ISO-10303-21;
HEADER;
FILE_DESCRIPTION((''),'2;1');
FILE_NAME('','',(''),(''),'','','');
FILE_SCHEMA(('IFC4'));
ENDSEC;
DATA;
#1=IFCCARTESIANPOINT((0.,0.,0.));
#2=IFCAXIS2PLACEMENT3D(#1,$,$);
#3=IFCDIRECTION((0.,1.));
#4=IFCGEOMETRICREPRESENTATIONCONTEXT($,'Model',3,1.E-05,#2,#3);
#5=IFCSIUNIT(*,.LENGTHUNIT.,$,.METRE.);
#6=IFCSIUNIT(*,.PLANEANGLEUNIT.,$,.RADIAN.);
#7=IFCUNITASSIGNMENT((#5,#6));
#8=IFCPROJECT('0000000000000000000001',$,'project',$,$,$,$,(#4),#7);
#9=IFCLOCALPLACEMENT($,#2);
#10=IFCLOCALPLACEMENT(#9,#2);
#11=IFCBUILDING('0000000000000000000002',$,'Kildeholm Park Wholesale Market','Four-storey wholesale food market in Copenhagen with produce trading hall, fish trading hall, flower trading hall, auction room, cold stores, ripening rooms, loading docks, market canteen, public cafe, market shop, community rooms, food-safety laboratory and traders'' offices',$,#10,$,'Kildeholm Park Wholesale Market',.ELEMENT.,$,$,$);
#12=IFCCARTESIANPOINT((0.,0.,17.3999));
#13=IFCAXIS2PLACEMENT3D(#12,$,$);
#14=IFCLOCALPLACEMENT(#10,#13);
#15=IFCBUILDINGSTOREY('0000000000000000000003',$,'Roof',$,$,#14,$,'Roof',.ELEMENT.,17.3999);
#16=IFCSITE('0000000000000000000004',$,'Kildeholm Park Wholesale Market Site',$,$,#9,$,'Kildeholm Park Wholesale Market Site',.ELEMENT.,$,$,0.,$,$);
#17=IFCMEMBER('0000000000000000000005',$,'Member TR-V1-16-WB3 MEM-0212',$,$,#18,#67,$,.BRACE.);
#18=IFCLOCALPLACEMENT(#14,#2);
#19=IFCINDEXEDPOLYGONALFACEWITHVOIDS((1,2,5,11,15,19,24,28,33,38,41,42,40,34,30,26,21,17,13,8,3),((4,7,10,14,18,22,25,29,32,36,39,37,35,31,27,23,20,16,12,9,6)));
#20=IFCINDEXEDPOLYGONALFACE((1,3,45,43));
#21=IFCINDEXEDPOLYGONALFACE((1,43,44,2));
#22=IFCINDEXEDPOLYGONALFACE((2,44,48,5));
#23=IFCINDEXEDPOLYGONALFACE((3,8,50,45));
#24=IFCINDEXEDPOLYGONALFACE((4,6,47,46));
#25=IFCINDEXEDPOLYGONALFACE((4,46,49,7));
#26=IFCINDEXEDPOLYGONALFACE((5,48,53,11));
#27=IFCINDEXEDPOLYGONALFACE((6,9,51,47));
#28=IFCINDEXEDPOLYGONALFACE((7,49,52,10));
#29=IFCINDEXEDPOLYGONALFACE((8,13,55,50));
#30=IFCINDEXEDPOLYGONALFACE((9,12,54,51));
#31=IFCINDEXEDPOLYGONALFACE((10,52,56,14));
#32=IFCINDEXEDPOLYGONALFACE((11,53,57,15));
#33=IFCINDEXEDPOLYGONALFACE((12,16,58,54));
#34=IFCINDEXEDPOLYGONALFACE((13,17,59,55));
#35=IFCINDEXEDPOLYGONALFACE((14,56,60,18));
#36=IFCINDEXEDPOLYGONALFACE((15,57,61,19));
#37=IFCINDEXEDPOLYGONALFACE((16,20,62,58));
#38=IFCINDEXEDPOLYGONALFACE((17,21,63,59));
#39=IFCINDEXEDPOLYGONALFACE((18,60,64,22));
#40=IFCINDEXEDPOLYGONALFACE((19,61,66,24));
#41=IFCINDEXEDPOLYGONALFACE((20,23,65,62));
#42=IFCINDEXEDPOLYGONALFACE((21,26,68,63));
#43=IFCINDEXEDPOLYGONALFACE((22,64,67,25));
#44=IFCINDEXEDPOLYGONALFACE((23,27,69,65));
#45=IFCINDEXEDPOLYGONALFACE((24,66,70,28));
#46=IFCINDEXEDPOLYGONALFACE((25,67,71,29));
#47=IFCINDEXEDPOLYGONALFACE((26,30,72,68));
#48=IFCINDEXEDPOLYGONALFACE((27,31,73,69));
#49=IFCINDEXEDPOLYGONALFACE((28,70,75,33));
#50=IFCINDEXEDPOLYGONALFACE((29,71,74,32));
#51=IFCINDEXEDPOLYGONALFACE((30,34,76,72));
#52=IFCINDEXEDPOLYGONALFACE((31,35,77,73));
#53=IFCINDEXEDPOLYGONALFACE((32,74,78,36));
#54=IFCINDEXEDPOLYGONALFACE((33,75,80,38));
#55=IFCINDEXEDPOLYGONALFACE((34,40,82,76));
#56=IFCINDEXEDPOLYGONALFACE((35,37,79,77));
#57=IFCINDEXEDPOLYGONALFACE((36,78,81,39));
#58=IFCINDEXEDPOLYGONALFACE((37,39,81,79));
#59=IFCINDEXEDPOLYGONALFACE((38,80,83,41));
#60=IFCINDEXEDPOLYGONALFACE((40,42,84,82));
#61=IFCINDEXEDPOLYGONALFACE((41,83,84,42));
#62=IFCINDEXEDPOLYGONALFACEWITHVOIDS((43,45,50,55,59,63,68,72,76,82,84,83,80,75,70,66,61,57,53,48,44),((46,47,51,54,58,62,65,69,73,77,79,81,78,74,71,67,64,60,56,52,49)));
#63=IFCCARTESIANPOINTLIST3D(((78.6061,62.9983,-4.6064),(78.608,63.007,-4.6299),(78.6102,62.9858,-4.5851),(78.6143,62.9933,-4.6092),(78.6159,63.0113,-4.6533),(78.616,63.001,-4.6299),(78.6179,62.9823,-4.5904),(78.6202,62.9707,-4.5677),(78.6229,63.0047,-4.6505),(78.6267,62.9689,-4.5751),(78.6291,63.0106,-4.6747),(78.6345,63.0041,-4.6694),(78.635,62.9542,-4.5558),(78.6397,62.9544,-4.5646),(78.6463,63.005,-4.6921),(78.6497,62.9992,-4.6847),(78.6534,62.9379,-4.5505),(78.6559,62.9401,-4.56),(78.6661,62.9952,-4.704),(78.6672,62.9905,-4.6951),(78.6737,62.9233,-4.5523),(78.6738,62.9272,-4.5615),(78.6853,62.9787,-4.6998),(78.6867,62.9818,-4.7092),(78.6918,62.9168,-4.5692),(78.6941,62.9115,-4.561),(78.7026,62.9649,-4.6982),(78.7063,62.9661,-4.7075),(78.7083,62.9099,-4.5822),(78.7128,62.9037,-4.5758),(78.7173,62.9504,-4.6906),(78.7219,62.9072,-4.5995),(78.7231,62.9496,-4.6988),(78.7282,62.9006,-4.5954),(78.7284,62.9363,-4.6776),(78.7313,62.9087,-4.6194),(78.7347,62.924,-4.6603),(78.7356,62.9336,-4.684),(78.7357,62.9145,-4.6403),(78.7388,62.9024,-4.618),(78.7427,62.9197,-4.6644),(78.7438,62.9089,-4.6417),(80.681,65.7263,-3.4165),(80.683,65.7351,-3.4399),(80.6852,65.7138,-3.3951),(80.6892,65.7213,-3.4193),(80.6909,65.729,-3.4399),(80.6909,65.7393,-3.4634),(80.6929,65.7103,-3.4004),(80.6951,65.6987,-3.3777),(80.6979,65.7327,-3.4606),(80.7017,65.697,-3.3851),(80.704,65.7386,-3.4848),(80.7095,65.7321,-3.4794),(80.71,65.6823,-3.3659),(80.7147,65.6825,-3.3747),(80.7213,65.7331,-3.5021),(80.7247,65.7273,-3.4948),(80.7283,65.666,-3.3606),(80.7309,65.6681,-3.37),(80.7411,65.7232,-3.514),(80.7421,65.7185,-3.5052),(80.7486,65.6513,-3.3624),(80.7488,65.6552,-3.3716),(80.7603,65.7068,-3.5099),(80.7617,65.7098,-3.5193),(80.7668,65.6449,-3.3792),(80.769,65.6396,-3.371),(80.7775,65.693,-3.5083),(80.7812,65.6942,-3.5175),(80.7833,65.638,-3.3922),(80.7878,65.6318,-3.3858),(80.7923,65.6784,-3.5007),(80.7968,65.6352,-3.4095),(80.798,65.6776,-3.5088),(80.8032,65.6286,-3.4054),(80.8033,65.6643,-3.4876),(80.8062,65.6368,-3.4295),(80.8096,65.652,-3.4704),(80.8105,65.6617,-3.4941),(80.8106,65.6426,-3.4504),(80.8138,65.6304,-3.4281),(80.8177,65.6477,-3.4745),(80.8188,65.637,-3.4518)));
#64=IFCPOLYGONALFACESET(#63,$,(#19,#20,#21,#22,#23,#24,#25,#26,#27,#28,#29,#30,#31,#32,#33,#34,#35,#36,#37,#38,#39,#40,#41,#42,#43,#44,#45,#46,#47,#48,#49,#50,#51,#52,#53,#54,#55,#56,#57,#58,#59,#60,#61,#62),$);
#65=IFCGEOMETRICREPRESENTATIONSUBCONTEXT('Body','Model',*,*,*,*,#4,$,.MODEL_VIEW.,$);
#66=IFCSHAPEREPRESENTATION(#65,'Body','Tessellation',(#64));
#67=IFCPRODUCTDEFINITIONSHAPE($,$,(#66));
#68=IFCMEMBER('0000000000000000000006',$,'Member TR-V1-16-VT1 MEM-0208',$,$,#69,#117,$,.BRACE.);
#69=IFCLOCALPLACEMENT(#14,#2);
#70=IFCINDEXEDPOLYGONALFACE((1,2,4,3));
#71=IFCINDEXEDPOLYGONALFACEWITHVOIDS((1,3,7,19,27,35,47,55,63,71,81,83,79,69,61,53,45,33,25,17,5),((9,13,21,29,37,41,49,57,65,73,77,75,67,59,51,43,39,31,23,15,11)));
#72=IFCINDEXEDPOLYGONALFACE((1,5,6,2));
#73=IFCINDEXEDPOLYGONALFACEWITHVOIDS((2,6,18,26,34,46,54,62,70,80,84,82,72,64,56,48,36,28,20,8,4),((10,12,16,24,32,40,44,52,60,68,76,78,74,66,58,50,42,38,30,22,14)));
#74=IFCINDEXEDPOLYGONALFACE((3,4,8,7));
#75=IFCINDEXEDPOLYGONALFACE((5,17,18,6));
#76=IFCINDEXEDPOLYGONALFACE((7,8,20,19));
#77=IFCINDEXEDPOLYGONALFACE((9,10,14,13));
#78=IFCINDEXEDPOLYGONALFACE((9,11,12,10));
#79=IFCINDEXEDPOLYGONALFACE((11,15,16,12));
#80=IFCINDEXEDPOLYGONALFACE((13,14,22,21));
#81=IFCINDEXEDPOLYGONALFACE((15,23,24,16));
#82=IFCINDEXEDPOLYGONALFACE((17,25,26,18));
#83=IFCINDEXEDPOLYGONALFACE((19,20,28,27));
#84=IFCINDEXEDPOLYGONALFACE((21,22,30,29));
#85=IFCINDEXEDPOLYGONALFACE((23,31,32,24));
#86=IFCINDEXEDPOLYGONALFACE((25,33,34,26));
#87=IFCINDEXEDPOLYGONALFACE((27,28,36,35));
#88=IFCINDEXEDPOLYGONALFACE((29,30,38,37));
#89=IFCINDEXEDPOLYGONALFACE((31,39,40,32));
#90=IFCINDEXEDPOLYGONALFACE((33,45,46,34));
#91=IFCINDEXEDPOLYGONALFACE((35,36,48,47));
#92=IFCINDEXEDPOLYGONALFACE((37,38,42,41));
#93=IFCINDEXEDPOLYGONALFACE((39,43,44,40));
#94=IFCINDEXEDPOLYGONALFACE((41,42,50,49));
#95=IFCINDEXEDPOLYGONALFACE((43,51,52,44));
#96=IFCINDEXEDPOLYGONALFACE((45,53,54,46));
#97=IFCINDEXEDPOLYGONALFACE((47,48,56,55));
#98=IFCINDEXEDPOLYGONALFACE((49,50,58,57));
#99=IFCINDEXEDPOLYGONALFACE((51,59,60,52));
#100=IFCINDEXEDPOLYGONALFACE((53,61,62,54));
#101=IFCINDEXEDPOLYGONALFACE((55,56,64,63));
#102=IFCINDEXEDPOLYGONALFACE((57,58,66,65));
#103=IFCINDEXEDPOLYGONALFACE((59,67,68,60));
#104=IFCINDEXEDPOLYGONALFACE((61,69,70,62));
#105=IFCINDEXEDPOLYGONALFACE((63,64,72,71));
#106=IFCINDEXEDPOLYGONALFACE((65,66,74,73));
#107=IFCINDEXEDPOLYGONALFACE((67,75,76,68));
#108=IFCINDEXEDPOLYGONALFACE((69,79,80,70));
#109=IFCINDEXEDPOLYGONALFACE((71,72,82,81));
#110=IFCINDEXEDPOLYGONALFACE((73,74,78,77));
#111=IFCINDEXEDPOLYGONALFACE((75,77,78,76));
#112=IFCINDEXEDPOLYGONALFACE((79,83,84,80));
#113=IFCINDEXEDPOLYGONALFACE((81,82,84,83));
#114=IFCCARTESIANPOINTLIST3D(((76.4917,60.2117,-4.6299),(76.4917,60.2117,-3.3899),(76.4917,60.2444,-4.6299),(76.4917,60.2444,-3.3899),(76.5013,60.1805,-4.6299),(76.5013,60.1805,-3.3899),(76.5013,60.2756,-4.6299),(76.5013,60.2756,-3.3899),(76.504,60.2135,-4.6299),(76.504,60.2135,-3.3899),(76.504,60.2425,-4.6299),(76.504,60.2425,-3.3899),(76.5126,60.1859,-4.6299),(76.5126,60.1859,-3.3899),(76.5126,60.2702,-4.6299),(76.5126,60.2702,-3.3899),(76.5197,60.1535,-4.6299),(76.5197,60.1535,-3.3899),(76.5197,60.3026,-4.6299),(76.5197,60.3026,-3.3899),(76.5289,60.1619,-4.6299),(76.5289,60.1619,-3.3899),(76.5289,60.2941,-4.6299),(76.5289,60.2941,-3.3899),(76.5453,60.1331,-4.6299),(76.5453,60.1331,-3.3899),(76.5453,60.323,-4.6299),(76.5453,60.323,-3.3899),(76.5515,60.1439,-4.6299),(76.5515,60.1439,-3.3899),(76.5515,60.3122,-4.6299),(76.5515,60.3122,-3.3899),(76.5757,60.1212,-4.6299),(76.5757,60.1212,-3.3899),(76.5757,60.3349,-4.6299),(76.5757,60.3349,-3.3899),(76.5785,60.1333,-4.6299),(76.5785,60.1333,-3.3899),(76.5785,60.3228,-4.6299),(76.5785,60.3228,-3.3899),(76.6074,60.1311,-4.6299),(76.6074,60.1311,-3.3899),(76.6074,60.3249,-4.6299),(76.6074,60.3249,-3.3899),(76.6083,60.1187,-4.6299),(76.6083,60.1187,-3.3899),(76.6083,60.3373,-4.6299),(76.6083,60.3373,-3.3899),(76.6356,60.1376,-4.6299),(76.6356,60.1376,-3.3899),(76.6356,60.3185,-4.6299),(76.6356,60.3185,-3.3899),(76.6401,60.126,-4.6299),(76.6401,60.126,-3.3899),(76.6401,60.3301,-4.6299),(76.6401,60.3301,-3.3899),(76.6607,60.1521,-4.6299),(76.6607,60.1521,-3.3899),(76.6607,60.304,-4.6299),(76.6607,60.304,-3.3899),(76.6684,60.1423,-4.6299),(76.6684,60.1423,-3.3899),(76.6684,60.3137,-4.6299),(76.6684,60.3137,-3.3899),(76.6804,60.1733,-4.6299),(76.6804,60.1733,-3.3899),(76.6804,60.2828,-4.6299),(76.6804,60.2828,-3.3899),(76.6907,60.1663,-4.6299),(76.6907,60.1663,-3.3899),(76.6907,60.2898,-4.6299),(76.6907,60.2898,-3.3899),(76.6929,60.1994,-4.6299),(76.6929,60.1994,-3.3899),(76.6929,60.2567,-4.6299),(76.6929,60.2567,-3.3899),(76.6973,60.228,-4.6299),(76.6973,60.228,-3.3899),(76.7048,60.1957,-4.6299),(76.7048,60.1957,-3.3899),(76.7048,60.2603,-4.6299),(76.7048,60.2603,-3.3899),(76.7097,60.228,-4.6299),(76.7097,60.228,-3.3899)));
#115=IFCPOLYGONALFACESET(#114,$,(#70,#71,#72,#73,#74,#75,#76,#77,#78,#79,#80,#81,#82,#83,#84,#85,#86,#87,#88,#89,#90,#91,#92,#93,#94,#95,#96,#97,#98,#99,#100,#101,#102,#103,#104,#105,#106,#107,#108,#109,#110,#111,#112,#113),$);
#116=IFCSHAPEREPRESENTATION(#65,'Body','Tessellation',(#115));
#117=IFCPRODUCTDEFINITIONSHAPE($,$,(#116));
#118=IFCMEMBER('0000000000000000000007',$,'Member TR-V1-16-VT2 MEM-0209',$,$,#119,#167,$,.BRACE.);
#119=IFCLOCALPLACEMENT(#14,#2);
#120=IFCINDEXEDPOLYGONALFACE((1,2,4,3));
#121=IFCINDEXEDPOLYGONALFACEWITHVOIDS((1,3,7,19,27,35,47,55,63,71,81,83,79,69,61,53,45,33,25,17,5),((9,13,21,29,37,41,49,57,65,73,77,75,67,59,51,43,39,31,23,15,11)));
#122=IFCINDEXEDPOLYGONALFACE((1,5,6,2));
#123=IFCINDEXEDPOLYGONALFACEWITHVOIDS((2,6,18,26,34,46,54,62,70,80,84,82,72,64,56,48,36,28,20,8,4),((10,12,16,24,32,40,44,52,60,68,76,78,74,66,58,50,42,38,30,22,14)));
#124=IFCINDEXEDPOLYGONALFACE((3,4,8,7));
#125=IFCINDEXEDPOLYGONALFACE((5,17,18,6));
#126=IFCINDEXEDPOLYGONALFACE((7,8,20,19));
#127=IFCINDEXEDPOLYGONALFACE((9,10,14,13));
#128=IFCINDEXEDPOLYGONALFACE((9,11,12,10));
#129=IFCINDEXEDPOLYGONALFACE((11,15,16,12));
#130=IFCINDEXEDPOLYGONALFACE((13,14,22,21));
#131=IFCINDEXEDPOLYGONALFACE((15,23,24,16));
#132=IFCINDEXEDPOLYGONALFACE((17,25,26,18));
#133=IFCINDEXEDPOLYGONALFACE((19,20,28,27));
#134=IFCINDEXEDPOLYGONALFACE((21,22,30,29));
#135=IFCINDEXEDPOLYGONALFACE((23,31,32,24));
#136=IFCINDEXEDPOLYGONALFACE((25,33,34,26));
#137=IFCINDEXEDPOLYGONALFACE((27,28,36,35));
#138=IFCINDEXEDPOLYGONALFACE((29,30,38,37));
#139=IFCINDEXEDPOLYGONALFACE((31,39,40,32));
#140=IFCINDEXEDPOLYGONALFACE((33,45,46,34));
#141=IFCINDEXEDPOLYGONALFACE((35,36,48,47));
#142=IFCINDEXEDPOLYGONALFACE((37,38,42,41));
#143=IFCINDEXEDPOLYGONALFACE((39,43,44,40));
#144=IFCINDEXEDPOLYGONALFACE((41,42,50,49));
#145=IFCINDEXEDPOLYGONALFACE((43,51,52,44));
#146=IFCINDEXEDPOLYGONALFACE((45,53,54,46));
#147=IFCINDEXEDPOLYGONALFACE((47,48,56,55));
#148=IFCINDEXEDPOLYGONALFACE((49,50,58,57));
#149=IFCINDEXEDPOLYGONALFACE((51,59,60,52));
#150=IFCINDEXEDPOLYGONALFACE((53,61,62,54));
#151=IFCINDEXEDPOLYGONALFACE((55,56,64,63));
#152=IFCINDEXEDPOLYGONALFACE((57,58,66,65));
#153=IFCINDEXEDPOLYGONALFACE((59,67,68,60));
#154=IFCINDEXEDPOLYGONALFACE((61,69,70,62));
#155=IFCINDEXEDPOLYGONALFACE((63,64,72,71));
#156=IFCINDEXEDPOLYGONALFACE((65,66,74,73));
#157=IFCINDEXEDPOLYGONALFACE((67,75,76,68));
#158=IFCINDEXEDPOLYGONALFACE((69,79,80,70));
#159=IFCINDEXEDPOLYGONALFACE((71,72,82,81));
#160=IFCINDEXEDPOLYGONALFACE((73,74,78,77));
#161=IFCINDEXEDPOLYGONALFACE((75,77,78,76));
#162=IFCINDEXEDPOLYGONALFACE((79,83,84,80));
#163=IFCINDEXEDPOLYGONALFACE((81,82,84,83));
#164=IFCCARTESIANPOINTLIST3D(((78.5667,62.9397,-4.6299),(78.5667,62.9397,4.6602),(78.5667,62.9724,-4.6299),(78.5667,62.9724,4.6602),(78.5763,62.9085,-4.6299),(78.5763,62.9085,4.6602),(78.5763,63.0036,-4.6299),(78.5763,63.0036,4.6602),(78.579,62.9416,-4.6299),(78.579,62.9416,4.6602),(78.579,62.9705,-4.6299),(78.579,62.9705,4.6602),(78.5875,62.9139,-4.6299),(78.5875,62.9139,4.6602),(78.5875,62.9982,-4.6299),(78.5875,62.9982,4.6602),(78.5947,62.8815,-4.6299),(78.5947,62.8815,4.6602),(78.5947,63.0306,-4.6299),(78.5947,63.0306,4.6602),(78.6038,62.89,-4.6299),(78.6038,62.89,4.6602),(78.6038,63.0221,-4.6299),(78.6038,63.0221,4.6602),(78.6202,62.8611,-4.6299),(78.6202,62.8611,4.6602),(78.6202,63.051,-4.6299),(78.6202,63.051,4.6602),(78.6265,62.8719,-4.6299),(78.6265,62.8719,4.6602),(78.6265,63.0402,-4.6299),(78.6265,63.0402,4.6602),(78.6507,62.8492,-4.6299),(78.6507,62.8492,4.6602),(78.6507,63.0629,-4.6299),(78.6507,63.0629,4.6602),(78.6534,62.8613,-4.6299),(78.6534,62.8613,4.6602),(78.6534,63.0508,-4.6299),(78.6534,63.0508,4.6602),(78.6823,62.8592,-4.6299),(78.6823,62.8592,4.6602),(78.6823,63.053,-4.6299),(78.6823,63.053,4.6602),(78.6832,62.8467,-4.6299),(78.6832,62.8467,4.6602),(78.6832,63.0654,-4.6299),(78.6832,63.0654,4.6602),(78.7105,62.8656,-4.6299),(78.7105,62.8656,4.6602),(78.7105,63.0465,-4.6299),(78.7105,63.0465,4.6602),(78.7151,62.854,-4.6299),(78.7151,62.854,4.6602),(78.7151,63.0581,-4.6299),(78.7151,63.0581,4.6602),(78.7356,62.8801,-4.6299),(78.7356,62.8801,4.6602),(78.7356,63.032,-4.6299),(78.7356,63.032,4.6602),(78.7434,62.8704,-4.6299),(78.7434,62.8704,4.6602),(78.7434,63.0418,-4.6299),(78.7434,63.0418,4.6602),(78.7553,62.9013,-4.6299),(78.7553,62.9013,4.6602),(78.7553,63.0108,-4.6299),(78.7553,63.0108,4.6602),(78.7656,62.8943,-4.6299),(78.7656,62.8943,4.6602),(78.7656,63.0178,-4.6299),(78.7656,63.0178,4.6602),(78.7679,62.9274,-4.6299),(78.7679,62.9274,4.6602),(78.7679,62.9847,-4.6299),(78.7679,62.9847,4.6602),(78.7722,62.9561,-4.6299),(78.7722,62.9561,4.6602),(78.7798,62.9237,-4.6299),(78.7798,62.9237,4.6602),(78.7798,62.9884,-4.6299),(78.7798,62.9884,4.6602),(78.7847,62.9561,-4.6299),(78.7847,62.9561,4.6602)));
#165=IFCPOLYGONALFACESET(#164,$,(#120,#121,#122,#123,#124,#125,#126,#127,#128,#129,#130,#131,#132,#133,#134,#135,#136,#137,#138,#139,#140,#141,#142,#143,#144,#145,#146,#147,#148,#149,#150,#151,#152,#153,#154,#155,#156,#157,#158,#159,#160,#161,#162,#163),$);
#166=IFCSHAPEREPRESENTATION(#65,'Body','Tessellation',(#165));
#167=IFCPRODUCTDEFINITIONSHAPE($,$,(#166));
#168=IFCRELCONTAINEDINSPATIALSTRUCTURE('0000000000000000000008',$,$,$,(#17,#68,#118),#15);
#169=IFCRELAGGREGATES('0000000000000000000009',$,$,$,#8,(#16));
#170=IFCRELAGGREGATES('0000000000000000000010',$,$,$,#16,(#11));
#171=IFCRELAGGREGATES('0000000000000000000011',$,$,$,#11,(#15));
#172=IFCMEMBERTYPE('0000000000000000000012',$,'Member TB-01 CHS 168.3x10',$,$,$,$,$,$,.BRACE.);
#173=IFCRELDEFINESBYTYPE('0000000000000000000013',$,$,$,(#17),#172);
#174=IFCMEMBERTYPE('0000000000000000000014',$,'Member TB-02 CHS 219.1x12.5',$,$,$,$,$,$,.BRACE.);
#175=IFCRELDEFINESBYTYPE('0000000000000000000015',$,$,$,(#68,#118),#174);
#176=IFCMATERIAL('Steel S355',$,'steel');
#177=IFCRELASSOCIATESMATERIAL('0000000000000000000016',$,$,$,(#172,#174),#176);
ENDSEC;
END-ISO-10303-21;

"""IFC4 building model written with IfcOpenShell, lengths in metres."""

from ifc_helpers import new_model, si_unit, direction, frame, origin, origin_2d, place, context, subcontext, project, spatial, hollow_circle, extrude, material, material_profile, profile_set, type_object, element, save


model = new_model("IFC4")

# Units and contexts
model_context = context("Model", 3, precision=1e-05, world=origin(), true_north=direction((0.0, 1.0)))
body_context = subcontext(model_context, "Body", "Model", "MODEL_VIEW")
ifc_project = project(units=[si_unit("LENGTHUNIT", "METRE"), si_unit("PLANEANGLEUNIT", "RADIAN")], contexts=[model_context])

# Site, building, storey
site_placement = place(None, origin())
site = spatial("IfcSite", under=ifc_project, at=site_placement, Name="Kildeholm Park Wholesale Market Site", LongName="Kildeholm Park Wholesale Market Site", CompositionType="ELEMENT", RefElevation=0.0)
building_placement = place(site_placement, origin())
building = spatial("IfcBuilding", under=site, at=building_placement, Name="Kildeholm Park Wholesale Market", Description="Four-storey wholesale food market in Copenhagen with produce trading hall, fish trading hall, flower trading hall, auction room, cold stores, ripening rooms, loading docks, market canteen, public cafe, market shop, community rooms, food-safety laboratory and traders' offices", LongName="Kildeholm Park Wholesale Market", CompositionType="ELEMENT")
storey_placement = place(building_placement, frame((0.0, 0.0, 17.3999)))
storey = spatial("IfcBuildingStorey", under=building, at=storey_placement, Name="Roof", LongName="Roof", CompositionType="ELEMENT", Elevation=17.3999)

# Members
ifc_material_1 = material(Name="Steel S355", Category="steel")
ifc_material_profile_1 = material_profile(ifc_material_1, hollow_circle(Radius=0.0842, WallThickness=0.01, at=origin_2d()), Name="CHS 168.3x10")
ifc_profile_set_1 = profile_set([ifc_material_profile_1], Name="Steel S355")
member_type_1 = type_object("IfcMemberType", Name="Member TB-01 CHS 168.3x10", PredefinedType="BRACE", material=ifc_profile_set_1)
member_1_placement = place(storey_placement, frame((78.675, 62.9561, -4.6299), z_axis=(0.571902, 0.751905, 0.327974), x_axis=(-0.79593, 0.605388, 0.0)))
element("IfcMember", 1, at=member_1_placement, inside=storey, type_object=member_type_1, Name="Member TR-V1-16-WB3 MEM-0212", PredefinedType="BRACE", context=body_context, shape_type="SweptSolid", body=[
    extrude(hollow_circle(Radius=0.0842, WallThickness=0.01, at=origin_2d()), origin(), (0.0, 0.0, 1.0), 3.6282),
])
ifc_material_profile_2 = material_profile(ifc_material_1, hollow_circle(Radius=0.1096, WallThickness=0.0125, at=origin_2d()), Name="CHS 219.1x12.5")
ifc_profile_set_2 = profile_set([ifc_material_profile_2], Name="Steel S355")
member_type_2 = type_object("IfcMemberType", Name="Member TB-02 CHS 219.1x12.5", PredefinedType="BRACE", material=ifc_profile_set_2)
member_2_placement = place(storey_placement, frame((76.6001, 60.228, -4.6299), z_axis=(0.0, 0.0, 1.0), x_axis=(1.0, 0.0, 0.0)))
element("IfcMember", 2, at=member_2_placement, inside=storey, type_object=member_type_2, Name="Member TR-V1-16-VT1 MEM-0208", PredefinedType="BRACE", context=body_context, shape_type="SweptSolid", body=[
    extrude(hollow_circle(Radius=0.1096, WallThickness=0.0125, at=origin_2d()), origin(), (0.0, 0.0, 1.0), 1.24),
])
member_3_placement = place(storey_placement, frame((78.675, 62.9561, -4.6299), z_axis=(0.0, 0.0, 1.0), x_axis=(1.0, 0.0, 0.0)))
element("IfcMember", 3, at=member_3_placement, inside=storey, type_object=member_type_2, Name="Member TR-V1-16-VT2 MEM-0209", PredefinedType="BRACE", context=body_context, shape_type="SweptSolid", body=[
    extrude(hollow_circle(Radius=0.1096, WallThickness=0.0125, at=origin_2d()), origin(), (0.0, 0.0, 1.0), 9.29),
])

save(model, "model.ifc")
